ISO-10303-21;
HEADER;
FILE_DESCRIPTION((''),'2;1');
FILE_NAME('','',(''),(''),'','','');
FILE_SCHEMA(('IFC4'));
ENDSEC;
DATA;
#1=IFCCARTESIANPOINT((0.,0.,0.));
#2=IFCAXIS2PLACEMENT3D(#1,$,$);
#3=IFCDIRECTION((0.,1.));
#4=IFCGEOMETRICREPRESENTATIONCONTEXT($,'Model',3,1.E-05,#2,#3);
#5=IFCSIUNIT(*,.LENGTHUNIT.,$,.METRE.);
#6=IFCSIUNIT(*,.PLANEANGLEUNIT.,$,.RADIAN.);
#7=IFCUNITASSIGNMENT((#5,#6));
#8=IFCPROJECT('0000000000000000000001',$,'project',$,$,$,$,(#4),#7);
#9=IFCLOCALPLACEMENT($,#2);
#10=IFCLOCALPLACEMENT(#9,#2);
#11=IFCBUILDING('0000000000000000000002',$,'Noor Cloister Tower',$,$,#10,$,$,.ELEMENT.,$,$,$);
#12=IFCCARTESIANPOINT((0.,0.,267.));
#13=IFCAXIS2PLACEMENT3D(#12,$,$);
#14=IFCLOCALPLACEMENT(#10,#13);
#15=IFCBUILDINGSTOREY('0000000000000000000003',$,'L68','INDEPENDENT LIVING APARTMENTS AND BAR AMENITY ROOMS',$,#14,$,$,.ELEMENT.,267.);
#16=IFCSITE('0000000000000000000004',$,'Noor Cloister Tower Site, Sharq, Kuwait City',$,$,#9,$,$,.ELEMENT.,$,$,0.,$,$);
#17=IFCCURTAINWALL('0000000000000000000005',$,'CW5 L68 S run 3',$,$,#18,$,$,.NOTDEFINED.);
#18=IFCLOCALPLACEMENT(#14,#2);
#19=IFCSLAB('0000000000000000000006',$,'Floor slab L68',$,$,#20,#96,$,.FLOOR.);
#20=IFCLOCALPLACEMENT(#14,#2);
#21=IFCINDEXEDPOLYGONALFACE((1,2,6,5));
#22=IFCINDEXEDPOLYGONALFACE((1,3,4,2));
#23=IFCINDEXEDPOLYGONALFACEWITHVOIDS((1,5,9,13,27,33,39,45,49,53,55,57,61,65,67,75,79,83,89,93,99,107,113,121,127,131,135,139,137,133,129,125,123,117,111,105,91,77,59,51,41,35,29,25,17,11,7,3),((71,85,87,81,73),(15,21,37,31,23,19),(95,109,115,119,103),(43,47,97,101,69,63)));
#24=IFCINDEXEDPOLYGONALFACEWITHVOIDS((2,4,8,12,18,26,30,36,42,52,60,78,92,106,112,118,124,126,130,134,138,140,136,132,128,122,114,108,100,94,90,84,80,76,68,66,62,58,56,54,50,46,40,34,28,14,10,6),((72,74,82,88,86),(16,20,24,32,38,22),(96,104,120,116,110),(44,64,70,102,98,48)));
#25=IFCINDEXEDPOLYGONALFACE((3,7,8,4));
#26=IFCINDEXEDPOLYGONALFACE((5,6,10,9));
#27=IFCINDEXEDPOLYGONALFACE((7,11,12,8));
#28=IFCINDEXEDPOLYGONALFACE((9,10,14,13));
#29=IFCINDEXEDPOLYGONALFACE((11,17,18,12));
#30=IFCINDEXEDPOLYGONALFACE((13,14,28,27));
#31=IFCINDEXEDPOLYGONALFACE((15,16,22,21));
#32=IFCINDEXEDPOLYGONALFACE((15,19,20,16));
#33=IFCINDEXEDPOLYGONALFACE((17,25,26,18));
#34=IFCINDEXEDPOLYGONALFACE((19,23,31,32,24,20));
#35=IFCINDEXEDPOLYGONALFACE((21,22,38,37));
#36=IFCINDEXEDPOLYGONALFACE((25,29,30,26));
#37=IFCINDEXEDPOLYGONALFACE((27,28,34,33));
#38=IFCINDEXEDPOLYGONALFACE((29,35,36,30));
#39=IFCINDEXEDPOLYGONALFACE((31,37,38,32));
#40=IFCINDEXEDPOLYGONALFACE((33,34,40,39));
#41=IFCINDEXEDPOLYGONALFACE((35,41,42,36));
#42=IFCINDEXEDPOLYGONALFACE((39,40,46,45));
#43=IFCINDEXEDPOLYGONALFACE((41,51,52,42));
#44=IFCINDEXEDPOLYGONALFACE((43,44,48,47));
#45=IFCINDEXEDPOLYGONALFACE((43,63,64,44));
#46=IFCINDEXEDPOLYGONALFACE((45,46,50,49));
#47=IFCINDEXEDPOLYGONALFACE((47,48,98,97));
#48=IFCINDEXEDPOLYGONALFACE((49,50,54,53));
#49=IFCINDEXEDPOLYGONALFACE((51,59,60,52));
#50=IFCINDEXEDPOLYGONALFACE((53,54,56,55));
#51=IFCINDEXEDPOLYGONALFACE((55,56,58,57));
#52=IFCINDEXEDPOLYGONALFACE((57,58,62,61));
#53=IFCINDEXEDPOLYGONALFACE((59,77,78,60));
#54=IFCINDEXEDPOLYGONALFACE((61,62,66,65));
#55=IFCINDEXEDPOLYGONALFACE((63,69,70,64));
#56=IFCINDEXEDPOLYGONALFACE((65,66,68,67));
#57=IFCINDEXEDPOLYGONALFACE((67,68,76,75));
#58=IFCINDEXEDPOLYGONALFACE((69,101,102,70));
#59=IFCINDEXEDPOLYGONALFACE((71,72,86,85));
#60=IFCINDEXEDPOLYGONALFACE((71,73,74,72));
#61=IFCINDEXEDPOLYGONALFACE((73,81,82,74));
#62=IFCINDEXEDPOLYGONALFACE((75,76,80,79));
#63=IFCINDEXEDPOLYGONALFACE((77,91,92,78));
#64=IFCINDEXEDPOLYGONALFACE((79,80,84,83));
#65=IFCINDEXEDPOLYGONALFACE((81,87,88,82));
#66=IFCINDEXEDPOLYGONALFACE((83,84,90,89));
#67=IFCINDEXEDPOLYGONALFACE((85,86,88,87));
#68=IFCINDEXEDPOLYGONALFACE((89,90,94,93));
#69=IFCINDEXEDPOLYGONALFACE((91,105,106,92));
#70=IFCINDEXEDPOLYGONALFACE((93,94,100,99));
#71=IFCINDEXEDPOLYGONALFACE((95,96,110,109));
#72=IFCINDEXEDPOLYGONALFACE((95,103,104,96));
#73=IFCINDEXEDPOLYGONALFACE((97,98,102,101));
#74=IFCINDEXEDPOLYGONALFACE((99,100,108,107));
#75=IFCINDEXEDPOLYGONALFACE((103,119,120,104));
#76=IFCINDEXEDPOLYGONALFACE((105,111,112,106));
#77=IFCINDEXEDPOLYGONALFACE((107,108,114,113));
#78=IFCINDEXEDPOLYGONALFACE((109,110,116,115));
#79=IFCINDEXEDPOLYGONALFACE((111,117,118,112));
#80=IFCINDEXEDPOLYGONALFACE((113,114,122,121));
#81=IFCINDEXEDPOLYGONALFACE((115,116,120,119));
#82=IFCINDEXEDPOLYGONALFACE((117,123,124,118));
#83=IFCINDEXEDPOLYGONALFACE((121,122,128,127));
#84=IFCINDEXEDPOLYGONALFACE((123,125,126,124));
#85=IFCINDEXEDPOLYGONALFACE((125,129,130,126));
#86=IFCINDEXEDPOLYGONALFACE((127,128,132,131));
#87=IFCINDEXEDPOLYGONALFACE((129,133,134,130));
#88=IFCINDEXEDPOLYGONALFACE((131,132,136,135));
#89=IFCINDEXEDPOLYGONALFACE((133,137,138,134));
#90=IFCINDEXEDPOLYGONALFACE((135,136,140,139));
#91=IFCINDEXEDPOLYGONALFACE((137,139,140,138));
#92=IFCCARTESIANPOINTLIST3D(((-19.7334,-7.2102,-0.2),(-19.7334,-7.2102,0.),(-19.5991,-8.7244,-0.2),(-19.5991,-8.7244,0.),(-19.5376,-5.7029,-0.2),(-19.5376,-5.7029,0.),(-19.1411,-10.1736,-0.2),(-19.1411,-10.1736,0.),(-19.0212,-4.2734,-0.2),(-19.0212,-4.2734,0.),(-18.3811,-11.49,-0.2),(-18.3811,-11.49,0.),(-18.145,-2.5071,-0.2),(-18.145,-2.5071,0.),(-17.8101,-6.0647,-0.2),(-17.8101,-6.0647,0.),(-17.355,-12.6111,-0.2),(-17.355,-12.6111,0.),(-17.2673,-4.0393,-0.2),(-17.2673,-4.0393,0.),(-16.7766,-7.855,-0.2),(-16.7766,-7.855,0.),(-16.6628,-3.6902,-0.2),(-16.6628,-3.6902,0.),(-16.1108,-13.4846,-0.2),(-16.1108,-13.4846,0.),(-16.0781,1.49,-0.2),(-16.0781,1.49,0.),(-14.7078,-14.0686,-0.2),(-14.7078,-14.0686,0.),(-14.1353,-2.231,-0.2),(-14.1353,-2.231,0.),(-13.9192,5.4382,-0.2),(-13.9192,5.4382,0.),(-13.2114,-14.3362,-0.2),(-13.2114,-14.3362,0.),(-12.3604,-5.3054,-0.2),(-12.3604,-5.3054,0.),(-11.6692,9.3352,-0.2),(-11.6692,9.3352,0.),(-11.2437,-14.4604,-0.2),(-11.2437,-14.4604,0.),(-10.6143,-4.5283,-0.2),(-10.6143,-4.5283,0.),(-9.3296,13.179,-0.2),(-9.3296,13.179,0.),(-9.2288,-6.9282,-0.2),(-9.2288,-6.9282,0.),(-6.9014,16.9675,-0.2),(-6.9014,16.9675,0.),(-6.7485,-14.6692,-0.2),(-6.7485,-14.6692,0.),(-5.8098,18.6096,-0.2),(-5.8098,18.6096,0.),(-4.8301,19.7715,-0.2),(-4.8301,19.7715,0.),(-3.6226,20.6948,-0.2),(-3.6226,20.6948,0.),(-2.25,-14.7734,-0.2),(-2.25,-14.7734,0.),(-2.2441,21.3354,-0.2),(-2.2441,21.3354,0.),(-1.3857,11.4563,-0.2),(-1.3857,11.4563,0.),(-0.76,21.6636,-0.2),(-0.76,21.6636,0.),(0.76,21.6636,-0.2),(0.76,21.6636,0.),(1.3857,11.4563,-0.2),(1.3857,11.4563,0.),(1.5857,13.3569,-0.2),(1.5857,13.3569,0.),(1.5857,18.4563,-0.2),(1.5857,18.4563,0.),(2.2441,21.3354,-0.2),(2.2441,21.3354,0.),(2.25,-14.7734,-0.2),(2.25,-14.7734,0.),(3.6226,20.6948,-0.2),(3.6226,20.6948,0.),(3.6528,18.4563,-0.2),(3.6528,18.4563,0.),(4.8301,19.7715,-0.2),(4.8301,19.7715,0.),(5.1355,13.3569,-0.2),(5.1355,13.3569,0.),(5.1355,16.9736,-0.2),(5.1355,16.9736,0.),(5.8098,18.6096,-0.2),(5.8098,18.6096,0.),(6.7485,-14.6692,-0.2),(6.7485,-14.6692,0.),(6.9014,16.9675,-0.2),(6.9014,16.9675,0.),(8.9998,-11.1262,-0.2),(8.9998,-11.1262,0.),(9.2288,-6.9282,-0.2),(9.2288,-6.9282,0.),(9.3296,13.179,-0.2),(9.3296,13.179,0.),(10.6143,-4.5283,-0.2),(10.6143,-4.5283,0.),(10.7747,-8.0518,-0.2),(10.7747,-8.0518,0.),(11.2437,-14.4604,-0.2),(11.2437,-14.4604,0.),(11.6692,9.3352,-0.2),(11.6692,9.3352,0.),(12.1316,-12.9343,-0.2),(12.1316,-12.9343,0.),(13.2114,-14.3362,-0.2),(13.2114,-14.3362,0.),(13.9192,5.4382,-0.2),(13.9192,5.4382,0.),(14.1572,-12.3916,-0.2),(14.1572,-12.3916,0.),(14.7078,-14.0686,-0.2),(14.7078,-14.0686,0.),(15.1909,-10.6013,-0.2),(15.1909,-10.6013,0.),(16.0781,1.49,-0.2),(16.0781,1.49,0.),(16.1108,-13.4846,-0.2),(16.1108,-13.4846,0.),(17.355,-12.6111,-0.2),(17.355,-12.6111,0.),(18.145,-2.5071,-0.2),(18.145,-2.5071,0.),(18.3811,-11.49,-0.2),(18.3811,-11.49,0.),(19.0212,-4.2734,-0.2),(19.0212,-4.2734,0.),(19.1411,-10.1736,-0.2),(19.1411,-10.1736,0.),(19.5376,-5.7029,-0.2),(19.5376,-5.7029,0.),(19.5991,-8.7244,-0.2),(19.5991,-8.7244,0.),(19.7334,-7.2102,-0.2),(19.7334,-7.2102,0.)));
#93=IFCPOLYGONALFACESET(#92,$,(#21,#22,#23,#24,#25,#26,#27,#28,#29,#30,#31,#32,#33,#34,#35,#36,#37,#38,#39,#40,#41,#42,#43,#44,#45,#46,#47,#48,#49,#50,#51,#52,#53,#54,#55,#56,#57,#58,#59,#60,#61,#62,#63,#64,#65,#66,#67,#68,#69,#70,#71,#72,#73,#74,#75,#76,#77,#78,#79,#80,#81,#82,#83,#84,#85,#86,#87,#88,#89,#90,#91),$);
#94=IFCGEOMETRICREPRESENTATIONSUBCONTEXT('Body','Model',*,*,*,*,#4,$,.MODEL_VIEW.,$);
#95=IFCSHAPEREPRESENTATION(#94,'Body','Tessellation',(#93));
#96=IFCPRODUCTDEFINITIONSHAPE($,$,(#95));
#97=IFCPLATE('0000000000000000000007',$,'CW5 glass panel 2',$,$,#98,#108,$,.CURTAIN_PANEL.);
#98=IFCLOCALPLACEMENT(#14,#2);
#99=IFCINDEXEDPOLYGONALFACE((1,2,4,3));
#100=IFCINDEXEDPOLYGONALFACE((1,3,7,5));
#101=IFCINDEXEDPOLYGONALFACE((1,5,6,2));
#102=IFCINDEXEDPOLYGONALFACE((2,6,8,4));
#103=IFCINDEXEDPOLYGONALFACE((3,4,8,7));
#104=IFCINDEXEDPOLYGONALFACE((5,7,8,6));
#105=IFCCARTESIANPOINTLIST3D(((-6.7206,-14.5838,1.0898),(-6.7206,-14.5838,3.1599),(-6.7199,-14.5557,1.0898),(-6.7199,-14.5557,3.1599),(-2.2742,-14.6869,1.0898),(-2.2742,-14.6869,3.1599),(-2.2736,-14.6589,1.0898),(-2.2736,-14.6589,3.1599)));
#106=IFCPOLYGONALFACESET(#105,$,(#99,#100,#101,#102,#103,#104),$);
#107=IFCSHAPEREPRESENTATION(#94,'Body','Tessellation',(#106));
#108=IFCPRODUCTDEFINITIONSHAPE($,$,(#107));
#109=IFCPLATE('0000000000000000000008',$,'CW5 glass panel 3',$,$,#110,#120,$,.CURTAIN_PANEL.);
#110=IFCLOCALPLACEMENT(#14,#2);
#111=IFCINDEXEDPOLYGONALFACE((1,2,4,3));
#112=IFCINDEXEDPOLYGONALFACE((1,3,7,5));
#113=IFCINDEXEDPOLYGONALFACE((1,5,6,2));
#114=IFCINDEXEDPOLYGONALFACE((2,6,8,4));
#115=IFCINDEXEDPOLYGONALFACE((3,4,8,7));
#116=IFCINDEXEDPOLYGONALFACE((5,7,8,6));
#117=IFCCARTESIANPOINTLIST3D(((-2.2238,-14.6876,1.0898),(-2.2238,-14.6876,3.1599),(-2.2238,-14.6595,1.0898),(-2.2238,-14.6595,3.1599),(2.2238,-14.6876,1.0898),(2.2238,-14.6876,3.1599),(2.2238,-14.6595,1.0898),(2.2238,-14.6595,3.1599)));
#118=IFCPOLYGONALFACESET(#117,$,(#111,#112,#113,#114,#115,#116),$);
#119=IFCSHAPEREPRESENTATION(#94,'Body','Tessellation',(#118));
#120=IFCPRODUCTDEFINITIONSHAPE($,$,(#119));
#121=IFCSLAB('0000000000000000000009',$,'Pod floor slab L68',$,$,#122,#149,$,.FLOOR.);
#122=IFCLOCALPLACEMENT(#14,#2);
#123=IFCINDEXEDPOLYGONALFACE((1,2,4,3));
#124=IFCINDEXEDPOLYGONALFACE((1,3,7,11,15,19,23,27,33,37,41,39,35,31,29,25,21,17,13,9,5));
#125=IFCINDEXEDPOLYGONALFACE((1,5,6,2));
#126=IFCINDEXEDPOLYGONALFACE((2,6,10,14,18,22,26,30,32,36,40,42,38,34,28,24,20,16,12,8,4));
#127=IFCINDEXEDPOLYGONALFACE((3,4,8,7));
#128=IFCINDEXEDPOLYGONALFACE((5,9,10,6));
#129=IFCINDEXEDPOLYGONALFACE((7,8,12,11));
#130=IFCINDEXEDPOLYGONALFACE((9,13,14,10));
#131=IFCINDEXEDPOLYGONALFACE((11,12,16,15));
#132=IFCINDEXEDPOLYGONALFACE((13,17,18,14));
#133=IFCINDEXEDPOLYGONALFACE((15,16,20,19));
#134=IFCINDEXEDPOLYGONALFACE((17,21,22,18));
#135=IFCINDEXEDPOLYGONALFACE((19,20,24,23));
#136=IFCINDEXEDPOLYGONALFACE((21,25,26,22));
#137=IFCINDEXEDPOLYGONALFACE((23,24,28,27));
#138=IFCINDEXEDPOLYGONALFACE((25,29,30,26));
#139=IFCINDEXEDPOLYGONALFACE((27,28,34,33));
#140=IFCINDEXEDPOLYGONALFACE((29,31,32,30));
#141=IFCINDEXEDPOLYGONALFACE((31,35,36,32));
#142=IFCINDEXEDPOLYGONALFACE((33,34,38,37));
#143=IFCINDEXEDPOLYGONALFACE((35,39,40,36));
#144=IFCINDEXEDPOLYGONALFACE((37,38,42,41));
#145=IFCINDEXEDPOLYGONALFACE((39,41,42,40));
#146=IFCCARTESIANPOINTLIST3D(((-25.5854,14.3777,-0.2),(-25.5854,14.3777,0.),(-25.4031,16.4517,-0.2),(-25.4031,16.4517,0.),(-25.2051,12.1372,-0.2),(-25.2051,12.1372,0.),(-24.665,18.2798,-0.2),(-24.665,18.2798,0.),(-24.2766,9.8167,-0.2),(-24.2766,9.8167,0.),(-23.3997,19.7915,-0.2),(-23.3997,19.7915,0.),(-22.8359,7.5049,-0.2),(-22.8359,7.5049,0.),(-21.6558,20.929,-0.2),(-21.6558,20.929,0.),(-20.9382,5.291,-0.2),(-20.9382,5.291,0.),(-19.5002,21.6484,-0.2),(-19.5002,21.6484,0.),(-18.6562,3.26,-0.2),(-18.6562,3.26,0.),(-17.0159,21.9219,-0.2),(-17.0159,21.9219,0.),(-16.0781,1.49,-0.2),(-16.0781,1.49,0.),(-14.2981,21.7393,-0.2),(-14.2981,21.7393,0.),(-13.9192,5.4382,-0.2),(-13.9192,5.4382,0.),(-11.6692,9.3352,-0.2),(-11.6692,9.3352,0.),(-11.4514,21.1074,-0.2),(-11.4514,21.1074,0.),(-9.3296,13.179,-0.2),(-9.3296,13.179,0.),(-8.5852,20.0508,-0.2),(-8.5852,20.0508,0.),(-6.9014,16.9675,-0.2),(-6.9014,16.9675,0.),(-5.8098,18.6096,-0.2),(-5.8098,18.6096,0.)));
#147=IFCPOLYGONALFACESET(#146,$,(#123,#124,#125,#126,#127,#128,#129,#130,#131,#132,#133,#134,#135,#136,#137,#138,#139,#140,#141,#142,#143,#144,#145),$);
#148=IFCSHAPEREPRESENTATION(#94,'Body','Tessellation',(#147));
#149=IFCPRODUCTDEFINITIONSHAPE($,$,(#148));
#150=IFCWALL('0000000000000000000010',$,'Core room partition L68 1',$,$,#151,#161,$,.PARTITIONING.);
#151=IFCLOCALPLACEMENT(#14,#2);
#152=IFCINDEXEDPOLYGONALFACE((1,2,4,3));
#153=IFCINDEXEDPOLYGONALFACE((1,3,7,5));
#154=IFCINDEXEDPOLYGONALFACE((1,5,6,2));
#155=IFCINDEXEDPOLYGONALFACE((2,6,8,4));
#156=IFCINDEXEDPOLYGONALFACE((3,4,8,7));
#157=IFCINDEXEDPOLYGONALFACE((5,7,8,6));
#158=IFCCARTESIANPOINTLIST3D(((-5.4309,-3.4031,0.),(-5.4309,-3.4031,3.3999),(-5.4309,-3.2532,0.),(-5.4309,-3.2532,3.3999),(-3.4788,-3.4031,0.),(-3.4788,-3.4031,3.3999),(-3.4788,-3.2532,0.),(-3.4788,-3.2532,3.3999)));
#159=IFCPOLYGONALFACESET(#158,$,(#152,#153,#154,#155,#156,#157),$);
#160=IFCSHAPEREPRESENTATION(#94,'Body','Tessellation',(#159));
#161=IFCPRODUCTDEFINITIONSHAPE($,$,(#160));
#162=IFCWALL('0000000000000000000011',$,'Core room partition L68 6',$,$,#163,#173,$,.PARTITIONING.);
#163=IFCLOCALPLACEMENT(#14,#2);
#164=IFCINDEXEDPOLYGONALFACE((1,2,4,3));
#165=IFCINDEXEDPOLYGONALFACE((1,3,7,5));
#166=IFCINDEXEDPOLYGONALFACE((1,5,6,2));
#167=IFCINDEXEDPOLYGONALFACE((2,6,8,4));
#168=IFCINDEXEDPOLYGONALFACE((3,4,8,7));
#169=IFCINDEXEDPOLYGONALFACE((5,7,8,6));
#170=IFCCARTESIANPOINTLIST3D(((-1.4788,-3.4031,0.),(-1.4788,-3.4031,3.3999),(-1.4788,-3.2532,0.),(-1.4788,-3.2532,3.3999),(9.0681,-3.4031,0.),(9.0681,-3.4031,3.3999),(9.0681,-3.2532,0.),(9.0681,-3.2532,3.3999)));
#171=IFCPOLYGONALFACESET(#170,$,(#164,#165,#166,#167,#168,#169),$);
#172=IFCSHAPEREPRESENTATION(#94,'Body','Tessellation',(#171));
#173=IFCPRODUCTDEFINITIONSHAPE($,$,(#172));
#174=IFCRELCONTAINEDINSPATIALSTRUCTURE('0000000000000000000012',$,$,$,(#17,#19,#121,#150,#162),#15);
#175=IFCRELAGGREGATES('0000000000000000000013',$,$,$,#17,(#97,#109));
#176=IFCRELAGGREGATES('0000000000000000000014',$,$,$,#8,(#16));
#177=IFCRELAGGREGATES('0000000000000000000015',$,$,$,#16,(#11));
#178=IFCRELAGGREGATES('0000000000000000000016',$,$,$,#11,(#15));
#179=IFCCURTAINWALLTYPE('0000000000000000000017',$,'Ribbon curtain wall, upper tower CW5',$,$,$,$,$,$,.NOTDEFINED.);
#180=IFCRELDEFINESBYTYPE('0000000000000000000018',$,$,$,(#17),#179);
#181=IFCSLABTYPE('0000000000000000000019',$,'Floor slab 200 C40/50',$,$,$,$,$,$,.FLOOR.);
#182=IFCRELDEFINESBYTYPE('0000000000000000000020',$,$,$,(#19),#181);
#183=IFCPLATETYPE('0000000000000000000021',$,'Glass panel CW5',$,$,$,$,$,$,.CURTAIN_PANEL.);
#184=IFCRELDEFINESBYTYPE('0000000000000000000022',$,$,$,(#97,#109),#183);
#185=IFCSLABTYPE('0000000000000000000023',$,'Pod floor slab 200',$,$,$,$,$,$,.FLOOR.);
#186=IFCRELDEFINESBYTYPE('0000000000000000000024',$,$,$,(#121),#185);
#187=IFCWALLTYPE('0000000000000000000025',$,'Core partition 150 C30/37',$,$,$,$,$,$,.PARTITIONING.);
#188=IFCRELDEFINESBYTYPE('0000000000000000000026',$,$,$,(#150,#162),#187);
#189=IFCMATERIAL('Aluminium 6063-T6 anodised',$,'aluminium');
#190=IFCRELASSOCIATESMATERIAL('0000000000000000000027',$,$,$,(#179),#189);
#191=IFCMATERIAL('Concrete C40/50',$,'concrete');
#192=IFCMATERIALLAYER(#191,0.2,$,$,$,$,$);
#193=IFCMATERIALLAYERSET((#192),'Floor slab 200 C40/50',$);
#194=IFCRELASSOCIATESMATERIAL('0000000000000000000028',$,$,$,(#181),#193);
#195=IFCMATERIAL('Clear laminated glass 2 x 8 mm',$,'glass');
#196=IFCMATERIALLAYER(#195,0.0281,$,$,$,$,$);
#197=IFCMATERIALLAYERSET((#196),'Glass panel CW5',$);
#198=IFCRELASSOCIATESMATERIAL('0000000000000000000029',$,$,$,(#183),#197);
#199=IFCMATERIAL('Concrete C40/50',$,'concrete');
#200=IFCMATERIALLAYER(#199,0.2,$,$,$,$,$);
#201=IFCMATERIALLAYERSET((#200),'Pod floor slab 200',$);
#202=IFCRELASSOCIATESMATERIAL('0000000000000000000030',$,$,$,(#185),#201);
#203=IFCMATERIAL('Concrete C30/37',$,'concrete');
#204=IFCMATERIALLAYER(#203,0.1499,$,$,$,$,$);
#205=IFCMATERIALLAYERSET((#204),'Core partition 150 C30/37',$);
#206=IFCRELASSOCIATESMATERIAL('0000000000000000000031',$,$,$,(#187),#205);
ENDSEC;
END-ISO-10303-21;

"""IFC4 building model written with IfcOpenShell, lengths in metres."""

from ifc_helpers import new_model, si_unit, direction, frame, frame_2d, origin, origin_2d, place, context, subcontext, project, spatial, polyline, rectangle, outline, extrude, material, layer, layer_set, type_object, element, aggregate, save


model = new_model("IFC4")

# Units and contexts
model_context = context("Model", 3, precision=1e-05, world=origin(), true_north=direction((0.0, 1.0)))
body_context = subcontext(model_context, "Body", "Model", "MODEL_VIEW")
ifc_project = project(units=[si_unit("LENGTHUNIT", "METRE"), si_unit("PLANEANGLEUNIT", "RADIAN")], contexts=[model_context])

# Site, building, storey
site_placement = place(None, origin())
site = spatial("IfcSite", under=ifc_project, at=site_placement, Name="Noor Cloister Tower Site, Sharq, Kuwait City", CompositionType="ELEMENT", RefElevation=0.0)
building_placement = place(site_placement, origin())
building = spatial("IfcBuilding", under=site, at=building_placement, Name="Noor Cloister Tower", CompositionType="ELEMENT")
storey_placement = place(building_placement, frame((0.0, 0.0, 267.0)))
storey = spatial("IfcBuildingStorey", under=building, at=storey_placement, Name="L68", Description="INDEPENDENT LIVING APARTMENTS AND BAR AMENITY ROOMS", CompositionType="ELEMENT", Elevation=267.0)

# Curtain wall
ifc_material_1 = material(Name="Aluminium 6063-T6 anodised", Category="aluminium")
curtain_wall_type_1 = type_object("IfcCurtainWallType", Name="Ribbon curtain wall, upper tower CW5", PredefinedType="NOTDEFINED", material=ifc_material_1)
curtain_wall_1_placement = place(storey_placement, origin())
curtain_wall_1 = element("IfcCurtainWall", 1, at=curtain_wall_1_placement, inside=storey, type_object=curtain_wall_type_1, Name="CW5 L68 S run 3", PredefinedType="NOTDEFINED")

# Slab
ifc_material_2 = material(Name="Concrete C40/50", Category="concrete")
ifc_layer_1 = layer(ifc_material_2, 0.2)
ifc_layer_set_1 = layer_set([ifc_layer_1], Name="Floor slab 200 C40/50")
slab_type_1 = type_object("IfcSlabType", Name="Floor slab 200 C40/50", PredefinedType="FLOOR", material=ifc_layer_set_1)
slab_1_placement = place(storey_placement, frame((0.0, 0.0, -0.2)))
element("IfcSlab", 2, at=slab_1_placement, inside=storey, type_object=slab_type_1, Name="Floor slab L68", PredefinedType="FLOOR", context=body_context, shape_type="SweptSolid", body=[
    extrude(outline(polyline([(5.8098, 18.6096), (4.8301, 19.7715), (3.6226, 20.6948), (2.2441, 21.3354), (0.76, 21.6636), (-0.76, 21.6636), (-2.2441, 21.3354), (-3.6226, 20.6948), (-4.8301, 19.7715), (-5.8098, 18.6096), (-6.9014, 16.9675), (-9.3296, 13.179), (-11.6692, 9.3352), (-13.9192, 5.4382), (-16.0781, 1.49), (-18.145, -2.5071), (-19.0212, -4.2734), (-19.5376, -5.7029), (-19.7334, -7.2102), (-19.5991, -8.7244), (-19.1411, -10.1736), (-18.3811, -11.49), (-17.355, -12.6111), (-16.1108, -13.4846), (-14.7078, -14.0686), (-13.2114, -14.3362), (-11.2437, -14.4604), (-6.7485, -14.6692), (-2.25, -14.7734), (2.25, -14.7734), (6.7485, -14.6692), (11.2437, -14.4604), (13.2114, -14.3362), (14.7078, -14.0686), (16.1108, -13.4846), (17.355, -12.6111), (18.3811, -11.49), (19.1411, -10.1736), (19.5991, -8.7244), (19.7334, -7.2102), (19.5376, -5.7029), (19.0212, -4.2734), (18.145, -2.5071), (16.0781, 1.49), (13.9192, 5.4382), (11.6692, 9.3352), (9.3296, 13.179), (6.9014, 16.9675), (5.8098, 18.6096)]), holes=[polyline([(8.9998, -11.1262), (12.1316, -12.9343), (14.1572, -12.3916), (15.1909, -10.6013), (10.7747, -8.0518), (8.9998, -11.1262)]), polyline([(-17.8101, -6.0647), (-16.7766, -7.855), (-12.3604, -5.3054), (-14.1353, -2.231), (-16.6628, -3.6902), (-17.2673, -4.0393), (-17.8101, -6.0647)]), polyline([(-10.6143, -4.5283), (-9.2288, -6.9282), (9.2288, -6.9282), (10.6143, -4.5283), (1.3857, 11.4563), (-1.3857, 11.4563), (-10.6143, -4.5283)]), polyline([(3.6528, 18.4563), (1.5857, 18.4563), (1.5857, 13.3569), (5.1355, 13.3569), (5.1355, 16.9736), (3.6528, 18.4563)])]), origin(), (0.0, 0.0, 1.0), 0.2),
])

# Plates
ifc_material_3 = material(Name="Clear laminated glass 2 x 8 mm", Category="glass")
ifc_layer_2 = layer(ifc_material_3, 0.0281)
ifc_layer_set_2 = layer_set([ifc_layer_2], Name="Glass panel CW5")
plate_type = type_object("IfcPlateType", Name="Glass panel CW5", PredefinedType="CURTAIN_PANEL", material=ifc_layer_set_2)
plate_1_placement = place(storey_placement, frame((-4.4971, -14.6213, 1.0898), z_axis=(0.0, 0.0, 1.0), x_axis=(0.999731, -0.02319, 0.0)))
plate_1 = element("IfcPlate", 3, at=plate_1_placement, type_object=plate_type, Name="CW5 glass panel 2", PredefinedType="CURTAIN_PANEL", context=body_context, shape_type="SweptSolid", body=[
    extrude(rectangle(XDim=4.4475, YDim=0.0281, at=origin_2d()), origin(), (0.0, 0.0, 1.0), 2.0701),
])
plate_2_placement = place(storey_placement, frame((0.0, -14.6736, 1.0898), z_axis=(0.0, 0.0, 1.0), x_axis=(1.0, 0.0, 0.0)))
plate_2 = element("IfcPlate", 4, at=plate_2_placement, type_object=plate_type, Name="CW5 glass panel 3", PredefinedType="CURTAIN_PANEL", context=body_context, shape_type="SweptSolid", body=[
    extrude(rectangle(XDim=4.4475, YDim=0.0281, at=origin_2d()), origin(), (0.0, 0.0, 1.0), 2.0701),
])
aggregate(curtain_wall_1, [plate_1, plate_2])

# Slab
ifc_material_4 = material(Name="Concrete C40/50", Category="concrete")
ifc_layer_3 = layer(ifc_material_4, 0.2)
ifc_layer_set_3 = layer_set([ifc_layer_3], Name="Pod floor slab 200")
slab_type_2 = type_object("IfcSlabType", Name="Pod floor slab 200", PredefinedType="FLOOR", material=ifc_layer_set_3)
slab_2_placement = place(storey_placement, frame((0.0, 0.0, -0.2)))
element("IfcSlab", 5, at=slab_2_placement, inside=storey, type_object=slab_type_2, Name="Pod floor slab L68", PredefinedType="FLOOR", context=body_context, shape_type="SweptSolid", body=[
    extrude(outline(polyline([(-5.8098, 18.6096), (-8.5852, 20.0508), (-11.4514, 21.1074), (-14.2981, 21.7393), (-17.0159, 21.9219), (-19.5002, 21.6484), (-21.6558, 20.929), (-23.3997, 19.7915), (-24.665, 18.2798), (-25.4031, 16.4517), (-25.5854, 14.3777), (-25.2051, 12.1372), (-24.2766, 9.8167), (-22.8359, 7.5049), (-20.9382, 5.291), (-18.6562, 3.26), (-16.0781, 1.49), (-13.9192, 5.4382), (-11.6692, 9.3352), (-9.3296, 13.179), (-6.9014, 16.9675), (-5.8098, 18.6096)])), origin(), (0.0, 0.0, 1.0), 0.2),
])

# Walls
ifc_material_5 = material(Name="Concrete C30/37", Category="concrete")
ifc_layer_4 = layer(ifc_material_5, 0.1499)
ifc_layer_set_4 = layer_set([ifc_layer_4], Name="Core partition 150 C30/37")
wall_type_1 = type_object("IfcWallType", Name="Core partition 150 C30/37", PredefinedType="PARTITIONING", material=ifc_layer_set_4)
wall_1_placement = place(storey_placement, frame((-5.4309, -3.3281, 0.0), z_axis=(0.0, 0.0, 1.0), x_axis=(1.0, 0.0, 0.0)))
element("IfcWall", 6, at=wall_1_placement, inside=storey, type_object=wall_type_1, Name="Core room partition L68 1", PredefinedType="PARTITIONING", context=body_context, shape_type="SweptSolid", body=[
    extrude(rectangle(XDim=1.9521, YDim=0.1499, at=frame_2d((0.9761, 0.0))), origin(), (0.0, 0.0, 1.0), 3.3999),
])
wall_2_placement = place(storey_placement, frame((-1.4788, -3.3281, 0.0), z_axis=(0.0, 0.0, 1.0), x_axis=(1.0, 0.0, 0.0)))
element("IfcWall", 7, at=wall_2_placement, inside=storey, type_object=wall_type_1, Name="Core room partition L68 6", PredefinedType="PARTITIONING", context=body_context, shape_type="SweptSolid", body=[
    extrude(rectangle(XDim=10.5469, YDim=0.1499, at=frame_2d((5.2734, 0.0))), origin(), (0.0, 0.0, 1.0), 3.3999),
])

save(model, "model.ifc")
